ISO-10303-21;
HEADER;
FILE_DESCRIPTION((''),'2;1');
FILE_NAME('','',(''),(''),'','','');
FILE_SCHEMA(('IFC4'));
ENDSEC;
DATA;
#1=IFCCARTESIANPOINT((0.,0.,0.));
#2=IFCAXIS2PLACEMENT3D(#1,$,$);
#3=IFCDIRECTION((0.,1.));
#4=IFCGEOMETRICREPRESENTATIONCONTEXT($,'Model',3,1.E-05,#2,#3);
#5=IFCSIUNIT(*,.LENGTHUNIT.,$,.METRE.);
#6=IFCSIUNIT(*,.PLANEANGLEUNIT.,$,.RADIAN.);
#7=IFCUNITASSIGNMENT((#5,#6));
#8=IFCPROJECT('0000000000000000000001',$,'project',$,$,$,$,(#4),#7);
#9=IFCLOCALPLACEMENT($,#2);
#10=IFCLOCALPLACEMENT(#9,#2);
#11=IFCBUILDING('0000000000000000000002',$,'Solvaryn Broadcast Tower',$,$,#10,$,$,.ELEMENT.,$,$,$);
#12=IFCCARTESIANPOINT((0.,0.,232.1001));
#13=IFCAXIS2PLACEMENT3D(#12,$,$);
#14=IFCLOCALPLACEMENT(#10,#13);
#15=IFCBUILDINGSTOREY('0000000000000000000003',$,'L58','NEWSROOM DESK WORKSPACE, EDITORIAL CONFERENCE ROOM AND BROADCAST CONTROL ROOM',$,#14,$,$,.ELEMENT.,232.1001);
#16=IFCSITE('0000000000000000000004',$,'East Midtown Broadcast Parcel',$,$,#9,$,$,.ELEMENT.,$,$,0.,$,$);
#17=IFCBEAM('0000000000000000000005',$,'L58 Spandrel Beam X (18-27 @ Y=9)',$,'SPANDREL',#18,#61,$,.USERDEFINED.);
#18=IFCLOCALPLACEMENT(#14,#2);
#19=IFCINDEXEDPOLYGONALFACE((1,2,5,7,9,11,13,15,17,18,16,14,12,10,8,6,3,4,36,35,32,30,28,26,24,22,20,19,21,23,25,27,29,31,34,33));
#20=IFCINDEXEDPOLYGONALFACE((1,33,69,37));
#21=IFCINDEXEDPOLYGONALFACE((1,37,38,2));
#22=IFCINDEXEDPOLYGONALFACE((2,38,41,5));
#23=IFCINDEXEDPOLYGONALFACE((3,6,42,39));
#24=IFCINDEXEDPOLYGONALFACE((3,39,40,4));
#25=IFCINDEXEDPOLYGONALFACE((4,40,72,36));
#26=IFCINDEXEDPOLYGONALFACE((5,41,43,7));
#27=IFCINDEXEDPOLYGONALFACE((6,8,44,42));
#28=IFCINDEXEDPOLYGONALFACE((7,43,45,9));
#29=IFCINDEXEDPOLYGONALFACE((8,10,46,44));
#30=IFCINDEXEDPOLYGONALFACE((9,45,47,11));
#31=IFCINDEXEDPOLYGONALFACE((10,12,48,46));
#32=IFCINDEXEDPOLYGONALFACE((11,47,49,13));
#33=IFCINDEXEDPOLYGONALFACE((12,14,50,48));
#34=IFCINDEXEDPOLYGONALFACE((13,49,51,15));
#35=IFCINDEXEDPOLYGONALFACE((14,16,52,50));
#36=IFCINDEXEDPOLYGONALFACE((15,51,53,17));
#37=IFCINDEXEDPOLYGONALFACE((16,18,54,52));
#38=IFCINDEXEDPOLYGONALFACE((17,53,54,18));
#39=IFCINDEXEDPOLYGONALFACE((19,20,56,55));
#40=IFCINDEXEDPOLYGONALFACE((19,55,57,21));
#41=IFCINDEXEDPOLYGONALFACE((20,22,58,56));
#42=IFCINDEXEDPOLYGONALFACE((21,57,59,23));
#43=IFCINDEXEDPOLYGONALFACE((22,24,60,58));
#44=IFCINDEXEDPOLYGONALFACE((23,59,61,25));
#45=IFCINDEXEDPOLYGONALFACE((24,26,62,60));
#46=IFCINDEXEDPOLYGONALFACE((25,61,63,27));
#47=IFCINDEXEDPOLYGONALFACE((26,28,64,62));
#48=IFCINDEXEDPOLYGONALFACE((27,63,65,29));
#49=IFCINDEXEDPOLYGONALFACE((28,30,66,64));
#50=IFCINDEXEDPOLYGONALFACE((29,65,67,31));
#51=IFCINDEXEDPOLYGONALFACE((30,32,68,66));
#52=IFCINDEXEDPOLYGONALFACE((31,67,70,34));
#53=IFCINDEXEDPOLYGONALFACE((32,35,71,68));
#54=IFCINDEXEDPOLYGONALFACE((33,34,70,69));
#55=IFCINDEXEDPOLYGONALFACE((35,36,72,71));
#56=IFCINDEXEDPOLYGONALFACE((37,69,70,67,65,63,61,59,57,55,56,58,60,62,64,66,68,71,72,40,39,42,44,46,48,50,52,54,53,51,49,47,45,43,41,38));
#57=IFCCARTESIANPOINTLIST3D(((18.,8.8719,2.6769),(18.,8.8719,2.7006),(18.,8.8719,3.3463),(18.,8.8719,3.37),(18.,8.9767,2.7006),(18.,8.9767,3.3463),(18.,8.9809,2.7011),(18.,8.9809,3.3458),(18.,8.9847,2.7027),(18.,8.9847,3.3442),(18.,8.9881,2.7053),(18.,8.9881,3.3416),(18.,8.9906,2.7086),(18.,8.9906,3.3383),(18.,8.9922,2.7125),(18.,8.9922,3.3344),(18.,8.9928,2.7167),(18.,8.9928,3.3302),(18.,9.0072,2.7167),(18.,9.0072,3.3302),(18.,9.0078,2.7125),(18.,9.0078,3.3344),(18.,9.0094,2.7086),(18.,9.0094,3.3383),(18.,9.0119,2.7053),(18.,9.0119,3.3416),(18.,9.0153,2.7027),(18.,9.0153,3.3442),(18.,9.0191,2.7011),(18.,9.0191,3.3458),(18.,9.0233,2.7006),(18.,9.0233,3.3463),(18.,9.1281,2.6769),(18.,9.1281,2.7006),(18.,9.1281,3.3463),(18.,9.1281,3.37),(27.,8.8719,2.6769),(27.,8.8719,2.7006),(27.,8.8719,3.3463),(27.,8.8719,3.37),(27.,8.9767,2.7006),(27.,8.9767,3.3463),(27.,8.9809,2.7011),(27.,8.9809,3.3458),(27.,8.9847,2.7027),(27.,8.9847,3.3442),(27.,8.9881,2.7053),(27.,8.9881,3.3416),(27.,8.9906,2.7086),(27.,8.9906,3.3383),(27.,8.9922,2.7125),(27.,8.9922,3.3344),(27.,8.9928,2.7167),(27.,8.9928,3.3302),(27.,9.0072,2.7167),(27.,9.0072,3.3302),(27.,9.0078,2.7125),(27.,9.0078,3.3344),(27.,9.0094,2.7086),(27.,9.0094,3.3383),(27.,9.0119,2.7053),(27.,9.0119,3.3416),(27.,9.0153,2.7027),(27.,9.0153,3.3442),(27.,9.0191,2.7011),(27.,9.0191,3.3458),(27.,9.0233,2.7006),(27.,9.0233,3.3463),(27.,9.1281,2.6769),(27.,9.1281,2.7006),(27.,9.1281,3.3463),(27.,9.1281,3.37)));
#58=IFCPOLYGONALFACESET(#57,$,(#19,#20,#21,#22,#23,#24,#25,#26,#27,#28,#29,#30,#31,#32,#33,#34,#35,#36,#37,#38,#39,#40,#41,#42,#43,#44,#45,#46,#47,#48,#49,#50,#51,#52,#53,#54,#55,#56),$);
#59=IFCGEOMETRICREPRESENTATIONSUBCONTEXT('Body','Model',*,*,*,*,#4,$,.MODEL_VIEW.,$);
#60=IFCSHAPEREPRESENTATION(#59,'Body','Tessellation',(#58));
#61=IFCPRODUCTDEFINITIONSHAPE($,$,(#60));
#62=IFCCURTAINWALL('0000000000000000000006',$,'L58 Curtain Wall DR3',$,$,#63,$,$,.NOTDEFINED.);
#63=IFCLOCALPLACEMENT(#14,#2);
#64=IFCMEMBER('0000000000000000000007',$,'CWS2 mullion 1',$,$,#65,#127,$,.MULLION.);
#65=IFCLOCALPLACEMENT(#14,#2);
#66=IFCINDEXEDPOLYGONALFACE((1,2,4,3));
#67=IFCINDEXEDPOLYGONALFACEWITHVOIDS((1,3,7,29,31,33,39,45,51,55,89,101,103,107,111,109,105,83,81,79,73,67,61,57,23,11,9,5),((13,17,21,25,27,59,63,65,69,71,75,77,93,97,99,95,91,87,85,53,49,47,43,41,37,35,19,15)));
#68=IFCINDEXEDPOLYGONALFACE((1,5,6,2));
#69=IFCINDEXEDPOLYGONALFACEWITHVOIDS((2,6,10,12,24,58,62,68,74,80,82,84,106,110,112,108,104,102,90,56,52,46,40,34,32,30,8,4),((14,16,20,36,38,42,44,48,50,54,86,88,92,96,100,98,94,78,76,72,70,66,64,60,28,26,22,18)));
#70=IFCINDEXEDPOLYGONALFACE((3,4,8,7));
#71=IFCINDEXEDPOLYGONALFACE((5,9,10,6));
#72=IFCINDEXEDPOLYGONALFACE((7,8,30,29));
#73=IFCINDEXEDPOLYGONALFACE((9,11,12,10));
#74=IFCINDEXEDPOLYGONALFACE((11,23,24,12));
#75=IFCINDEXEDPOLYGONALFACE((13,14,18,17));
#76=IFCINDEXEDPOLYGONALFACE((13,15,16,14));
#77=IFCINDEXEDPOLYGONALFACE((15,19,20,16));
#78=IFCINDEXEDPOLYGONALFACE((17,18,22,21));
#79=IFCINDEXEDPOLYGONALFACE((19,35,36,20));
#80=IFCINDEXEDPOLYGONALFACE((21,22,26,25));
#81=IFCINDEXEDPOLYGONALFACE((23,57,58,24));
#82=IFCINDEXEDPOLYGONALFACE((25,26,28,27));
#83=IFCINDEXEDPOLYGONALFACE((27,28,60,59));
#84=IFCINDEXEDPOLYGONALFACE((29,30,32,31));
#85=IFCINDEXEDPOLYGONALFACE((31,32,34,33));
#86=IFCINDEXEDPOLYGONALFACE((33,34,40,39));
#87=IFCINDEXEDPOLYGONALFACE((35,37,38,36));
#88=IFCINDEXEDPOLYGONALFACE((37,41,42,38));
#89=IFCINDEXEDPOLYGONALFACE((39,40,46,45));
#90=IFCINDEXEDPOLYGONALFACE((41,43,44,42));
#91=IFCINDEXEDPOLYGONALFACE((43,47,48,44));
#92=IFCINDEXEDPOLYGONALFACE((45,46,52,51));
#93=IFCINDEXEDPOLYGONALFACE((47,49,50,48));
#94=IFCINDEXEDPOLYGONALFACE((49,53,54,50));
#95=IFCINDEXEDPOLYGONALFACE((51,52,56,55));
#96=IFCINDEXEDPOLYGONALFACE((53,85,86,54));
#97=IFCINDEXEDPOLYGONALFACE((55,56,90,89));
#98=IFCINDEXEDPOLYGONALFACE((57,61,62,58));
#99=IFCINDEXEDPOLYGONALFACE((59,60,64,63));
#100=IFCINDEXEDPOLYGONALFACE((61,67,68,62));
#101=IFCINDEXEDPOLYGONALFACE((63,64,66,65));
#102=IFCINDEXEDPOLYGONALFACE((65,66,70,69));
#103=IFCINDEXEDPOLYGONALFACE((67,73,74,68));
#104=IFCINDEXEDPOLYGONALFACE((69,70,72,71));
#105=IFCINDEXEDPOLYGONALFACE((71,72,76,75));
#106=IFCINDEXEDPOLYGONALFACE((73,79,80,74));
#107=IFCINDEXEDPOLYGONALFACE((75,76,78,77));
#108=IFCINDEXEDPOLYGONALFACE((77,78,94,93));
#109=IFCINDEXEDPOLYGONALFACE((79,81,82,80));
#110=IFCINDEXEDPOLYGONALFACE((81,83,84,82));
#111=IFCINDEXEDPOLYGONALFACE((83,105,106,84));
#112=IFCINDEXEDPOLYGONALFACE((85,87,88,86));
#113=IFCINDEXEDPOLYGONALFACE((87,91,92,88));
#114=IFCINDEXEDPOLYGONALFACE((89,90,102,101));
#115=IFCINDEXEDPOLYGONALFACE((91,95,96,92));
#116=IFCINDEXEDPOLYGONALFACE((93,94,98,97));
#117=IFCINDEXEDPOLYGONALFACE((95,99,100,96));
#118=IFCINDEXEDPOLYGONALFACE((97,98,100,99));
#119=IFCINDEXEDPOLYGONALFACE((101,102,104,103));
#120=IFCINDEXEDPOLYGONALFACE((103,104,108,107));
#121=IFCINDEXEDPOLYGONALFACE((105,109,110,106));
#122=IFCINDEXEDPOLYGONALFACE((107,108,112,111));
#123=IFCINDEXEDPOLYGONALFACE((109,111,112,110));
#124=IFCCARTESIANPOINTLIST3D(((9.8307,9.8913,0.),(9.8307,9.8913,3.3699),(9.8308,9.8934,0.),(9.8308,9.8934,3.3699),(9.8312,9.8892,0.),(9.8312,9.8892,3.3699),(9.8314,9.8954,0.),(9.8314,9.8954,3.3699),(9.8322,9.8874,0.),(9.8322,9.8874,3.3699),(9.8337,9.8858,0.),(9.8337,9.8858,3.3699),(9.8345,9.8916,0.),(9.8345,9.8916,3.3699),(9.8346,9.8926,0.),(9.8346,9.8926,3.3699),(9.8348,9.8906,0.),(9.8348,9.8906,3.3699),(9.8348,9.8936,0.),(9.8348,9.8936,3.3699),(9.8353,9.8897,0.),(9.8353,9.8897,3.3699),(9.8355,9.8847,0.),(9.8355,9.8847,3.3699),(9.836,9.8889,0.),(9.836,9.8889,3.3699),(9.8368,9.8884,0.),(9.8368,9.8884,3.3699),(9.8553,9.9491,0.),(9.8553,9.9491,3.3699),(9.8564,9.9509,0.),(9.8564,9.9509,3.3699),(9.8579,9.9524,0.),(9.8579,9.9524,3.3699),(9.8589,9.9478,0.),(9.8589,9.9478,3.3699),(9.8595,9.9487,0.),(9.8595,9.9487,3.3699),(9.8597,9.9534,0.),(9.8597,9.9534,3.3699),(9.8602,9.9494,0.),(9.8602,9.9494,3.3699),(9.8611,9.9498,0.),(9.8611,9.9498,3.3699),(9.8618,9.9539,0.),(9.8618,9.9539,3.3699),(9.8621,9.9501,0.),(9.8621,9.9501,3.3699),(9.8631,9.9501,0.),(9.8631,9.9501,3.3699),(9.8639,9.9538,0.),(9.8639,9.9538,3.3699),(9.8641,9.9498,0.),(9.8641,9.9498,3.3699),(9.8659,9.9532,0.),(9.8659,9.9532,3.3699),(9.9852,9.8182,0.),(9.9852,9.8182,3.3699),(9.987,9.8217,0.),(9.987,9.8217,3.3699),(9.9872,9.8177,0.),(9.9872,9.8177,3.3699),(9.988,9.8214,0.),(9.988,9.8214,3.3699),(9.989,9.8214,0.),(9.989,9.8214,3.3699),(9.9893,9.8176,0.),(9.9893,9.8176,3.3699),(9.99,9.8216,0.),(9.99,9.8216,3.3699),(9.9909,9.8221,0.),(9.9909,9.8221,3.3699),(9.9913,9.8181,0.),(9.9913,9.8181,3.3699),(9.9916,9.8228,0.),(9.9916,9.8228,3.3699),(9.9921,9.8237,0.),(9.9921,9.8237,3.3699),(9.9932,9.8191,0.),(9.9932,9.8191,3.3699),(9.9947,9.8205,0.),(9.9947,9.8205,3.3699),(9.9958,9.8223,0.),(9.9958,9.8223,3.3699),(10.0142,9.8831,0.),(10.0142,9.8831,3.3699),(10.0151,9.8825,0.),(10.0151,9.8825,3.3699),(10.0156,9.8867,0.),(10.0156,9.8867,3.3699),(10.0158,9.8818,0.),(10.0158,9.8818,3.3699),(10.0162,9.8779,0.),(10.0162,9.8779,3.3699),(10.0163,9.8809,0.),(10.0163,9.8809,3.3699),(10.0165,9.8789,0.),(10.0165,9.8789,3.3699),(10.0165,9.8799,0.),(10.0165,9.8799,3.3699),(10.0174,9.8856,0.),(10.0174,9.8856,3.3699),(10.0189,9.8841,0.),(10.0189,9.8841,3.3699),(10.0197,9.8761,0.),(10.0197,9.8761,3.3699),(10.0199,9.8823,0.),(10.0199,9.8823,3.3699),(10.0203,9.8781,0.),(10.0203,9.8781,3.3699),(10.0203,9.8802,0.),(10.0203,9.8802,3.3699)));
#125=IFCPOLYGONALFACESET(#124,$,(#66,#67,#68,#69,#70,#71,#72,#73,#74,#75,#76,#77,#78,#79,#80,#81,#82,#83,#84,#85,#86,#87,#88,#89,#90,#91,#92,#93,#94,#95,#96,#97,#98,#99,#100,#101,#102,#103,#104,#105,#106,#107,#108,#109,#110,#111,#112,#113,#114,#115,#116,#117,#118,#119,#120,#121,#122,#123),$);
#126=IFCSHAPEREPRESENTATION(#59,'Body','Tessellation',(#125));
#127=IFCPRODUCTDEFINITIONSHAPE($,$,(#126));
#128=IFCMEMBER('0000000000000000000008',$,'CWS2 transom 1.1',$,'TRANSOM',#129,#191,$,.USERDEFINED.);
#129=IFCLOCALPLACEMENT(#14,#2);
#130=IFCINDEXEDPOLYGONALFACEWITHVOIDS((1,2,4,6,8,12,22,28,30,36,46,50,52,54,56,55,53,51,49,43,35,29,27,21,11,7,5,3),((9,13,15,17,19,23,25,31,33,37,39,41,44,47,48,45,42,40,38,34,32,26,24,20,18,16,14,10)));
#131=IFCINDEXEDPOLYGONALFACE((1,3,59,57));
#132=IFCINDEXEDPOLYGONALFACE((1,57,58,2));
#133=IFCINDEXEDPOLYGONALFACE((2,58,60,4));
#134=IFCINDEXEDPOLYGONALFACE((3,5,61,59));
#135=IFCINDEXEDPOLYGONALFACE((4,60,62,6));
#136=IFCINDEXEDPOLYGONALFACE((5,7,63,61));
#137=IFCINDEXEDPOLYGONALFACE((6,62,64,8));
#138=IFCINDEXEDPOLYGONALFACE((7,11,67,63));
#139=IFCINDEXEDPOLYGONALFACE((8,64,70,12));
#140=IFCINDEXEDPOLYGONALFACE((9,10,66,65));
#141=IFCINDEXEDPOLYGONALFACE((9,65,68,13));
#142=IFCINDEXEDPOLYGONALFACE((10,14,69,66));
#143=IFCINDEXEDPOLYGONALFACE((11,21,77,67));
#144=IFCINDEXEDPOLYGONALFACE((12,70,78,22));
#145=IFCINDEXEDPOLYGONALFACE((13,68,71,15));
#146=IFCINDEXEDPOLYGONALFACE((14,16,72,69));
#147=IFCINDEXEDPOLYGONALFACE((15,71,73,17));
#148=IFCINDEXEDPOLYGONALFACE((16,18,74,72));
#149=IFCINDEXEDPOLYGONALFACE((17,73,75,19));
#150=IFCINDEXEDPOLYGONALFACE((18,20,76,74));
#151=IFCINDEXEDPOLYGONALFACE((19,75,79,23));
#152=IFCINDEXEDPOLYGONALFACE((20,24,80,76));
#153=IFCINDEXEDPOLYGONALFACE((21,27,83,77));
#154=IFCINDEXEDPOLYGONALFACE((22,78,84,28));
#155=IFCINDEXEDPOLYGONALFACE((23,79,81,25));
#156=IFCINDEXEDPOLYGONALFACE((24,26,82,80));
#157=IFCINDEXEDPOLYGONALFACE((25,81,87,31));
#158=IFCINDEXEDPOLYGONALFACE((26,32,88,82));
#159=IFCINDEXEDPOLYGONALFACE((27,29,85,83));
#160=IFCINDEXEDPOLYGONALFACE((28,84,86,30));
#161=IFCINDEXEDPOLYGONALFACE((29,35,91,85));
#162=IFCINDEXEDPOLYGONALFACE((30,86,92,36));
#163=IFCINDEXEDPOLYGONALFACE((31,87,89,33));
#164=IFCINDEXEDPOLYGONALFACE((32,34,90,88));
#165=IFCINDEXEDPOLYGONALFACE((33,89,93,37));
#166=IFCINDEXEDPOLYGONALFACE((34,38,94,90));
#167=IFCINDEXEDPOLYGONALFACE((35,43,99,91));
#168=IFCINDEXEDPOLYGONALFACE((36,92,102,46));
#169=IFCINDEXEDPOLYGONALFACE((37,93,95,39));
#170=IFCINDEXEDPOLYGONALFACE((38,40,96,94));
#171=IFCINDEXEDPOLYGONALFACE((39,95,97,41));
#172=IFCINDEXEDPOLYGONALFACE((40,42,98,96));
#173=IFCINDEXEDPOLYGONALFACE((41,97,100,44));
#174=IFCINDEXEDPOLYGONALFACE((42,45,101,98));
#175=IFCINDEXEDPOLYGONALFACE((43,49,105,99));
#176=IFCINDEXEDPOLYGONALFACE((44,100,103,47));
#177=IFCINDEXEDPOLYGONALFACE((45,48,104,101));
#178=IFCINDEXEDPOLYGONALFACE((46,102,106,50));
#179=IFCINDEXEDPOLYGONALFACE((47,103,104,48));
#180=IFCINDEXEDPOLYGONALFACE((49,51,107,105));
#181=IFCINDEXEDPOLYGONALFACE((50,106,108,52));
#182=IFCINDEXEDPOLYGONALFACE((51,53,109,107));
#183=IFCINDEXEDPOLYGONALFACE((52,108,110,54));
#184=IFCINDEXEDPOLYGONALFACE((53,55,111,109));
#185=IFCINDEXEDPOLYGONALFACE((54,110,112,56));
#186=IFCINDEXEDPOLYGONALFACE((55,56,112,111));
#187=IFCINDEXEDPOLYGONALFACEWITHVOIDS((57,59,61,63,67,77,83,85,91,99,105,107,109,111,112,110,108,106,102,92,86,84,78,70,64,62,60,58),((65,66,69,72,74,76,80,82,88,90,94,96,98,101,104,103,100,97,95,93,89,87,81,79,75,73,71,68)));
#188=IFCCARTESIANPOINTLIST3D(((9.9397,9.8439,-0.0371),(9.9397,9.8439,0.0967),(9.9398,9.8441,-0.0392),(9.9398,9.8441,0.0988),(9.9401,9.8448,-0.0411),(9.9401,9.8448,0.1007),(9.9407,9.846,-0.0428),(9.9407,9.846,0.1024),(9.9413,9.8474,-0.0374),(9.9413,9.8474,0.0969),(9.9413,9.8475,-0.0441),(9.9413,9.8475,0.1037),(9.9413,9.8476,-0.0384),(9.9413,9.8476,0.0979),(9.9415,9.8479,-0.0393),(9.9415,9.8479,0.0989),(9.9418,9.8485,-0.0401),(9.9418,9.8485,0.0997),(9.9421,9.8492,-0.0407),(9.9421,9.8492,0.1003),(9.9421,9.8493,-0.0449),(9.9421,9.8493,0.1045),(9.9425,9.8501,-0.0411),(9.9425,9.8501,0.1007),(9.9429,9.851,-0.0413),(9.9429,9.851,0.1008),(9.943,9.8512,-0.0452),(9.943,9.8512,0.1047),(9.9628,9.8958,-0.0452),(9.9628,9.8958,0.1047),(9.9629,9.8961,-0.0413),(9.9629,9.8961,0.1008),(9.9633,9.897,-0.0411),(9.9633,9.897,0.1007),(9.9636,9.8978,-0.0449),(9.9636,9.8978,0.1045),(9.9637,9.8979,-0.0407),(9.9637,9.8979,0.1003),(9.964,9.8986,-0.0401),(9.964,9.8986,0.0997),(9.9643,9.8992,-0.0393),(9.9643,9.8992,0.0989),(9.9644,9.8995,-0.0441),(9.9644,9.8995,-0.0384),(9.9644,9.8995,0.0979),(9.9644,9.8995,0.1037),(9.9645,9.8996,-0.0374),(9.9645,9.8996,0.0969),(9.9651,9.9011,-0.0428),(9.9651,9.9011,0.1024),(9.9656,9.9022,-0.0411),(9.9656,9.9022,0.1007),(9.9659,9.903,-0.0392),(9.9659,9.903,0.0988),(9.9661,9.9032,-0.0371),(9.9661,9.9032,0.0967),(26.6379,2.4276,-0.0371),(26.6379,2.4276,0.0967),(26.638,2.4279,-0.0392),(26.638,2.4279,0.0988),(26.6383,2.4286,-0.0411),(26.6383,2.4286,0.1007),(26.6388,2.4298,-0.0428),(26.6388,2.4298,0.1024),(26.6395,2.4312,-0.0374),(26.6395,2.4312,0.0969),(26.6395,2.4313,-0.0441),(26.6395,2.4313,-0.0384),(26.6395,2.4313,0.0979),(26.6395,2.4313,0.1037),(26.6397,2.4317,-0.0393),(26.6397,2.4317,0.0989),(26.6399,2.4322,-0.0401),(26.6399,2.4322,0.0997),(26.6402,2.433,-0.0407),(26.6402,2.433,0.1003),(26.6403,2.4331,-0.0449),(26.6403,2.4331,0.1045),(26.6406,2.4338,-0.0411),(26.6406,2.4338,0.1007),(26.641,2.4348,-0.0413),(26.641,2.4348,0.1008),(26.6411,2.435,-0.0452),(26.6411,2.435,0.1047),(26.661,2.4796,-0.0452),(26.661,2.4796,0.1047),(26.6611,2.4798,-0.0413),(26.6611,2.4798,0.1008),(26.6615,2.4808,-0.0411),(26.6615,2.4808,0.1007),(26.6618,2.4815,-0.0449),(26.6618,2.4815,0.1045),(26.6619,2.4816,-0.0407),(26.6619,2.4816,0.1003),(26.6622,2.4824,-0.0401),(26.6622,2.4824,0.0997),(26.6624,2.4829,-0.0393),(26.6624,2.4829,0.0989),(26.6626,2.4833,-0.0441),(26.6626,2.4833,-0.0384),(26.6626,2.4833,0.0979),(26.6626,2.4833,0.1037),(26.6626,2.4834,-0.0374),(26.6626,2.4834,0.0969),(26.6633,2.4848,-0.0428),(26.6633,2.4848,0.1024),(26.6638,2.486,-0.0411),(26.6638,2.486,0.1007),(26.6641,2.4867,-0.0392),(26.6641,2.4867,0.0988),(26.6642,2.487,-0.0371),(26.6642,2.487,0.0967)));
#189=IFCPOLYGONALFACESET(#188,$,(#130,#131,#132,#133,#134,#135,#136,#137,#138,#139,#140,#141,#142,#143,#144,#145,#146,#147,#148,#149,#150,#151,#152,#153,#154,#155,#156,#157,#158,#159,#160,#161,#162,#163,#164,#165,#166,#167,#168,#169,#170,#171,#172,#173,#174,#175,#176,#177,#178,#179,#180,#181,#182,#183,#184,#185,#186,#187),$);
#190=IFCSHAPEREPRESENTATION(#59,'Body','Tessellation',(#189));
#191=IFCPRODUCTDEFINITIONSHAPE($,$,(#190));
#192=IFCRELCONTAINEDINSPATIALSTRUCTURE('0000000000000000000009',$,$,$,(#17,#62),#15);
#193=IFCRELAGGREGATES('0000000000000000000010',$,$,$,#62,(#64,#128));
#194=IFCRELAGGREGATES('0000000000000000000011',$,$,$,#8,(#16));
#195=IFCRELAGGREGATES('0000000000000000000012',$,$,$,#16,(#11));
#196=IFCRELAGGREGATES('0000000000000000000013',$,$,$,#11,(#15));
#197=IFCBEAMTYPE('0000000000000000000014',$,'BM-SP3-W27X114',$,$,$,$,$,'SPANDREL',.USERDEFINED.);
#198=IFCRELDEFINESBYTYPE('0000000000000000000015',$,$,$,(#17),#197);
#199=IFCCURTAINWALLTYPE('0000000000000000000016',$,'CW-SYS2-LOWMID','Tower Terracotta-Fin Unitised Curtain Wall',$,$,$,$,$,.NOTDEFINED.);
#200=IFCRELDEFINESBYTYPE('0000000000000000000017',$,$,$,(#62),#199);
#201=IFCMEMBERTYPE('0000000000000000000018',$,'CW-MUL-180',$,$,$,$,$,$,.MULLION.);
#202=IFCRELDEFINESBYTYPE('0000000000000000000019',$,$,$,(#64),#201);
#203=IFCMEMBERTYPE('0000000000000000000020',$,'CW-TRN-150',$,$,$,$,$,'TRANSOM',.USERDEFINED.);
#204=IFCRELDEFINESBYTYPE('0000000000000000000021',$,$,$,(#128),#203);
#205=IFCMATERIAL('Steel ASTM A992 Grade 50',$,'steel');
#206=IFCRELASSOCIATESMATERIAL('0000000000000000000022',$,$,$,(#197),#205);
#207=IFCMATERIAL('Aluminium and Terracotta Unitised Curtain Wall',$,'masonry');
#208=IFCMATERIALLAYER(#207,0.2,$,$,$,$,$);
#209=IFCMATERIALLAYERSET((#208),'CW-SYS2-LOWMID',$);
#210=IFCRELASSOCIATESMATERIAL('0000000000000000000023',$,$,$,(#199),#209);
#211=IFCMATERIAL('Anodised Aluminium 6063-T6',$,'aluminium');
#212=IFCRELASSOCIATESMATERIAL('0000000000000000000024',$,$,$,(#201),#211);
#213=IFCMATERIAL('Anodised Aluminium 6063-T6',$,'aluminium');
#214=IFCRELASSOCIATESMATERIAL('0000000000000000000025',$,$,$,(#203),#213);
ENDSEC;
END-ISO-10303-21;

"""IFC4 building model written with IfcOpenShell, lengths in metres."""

from ifc_helpers import new_model, si_unit, direction, frame, origin, origin_2d, place, context, subcontext, project, spatial, hollow_rectangle, i_section, extrude, material, layer, layer_set, material_profile, profile_set, type_object, element, aggregate, save


model = new_model("IFC4")

# Units and contexts
model_context = context("Model", 3, precision=1e-05, world=origin(), true_north=direction((0.0, 1.0)))
body_context = subcontext(model_context, "Body", "Model", "MODEL_VIEW")
ifc_project = project(units=[si_unit("LENGTHUNIT", "METRE"), si_unit("PLANEANGLEUNIT", "RADIAN")], contexts=[model_context])

# Site, building, storey
site_placement = place(None, origin())
site = spatial("IfcSite", under=ifc_project, at=site_placement, Name="East Midtown Broadcast Parcel", CompositionType="ELEMENT", RefElevation=0.0)
building_placement = place(site_placement, origin())
building = spatial("IfcBuilding", under=site, at=building_placement, Name="Solvaryn Broadcast Tower", CompositionType="ELEMENT")
storey_placement = place(building_placement, frame((0.0, 0.0, 232.1001)))
storey = spatial("IfcBuildingStorey", under=building, at=storey_placement, Name="L58", Description="NEWSROOM DESK WORKSPACE, EDITORIAL CONFERENCE ROOM AND BROADCAST CONTROL ROOM", CompositionType="ELEMENT", Elevation=232.1001)

# Beam
ifc_material_1 = material(Name="Steel ASTM A992 Grade 50", Category="steel")
ifc_material_profile_1 = material_profile(ifc_material_1, i_section(OverallWidth=0.2561, OverallDepth=0.6931, WebThickness=0.0144, FlangeThickness=0.0237, FilletRadius=0.0161, at=origin_2d()))
ifc_profile_set_1 = profile_set([ifc_material_profile_1], Name="Steel ASTM A992 Grade 50")
beam_type_1 = type_object("IfcBeamType", Name="BM-SP3-W27X114", ElementType="SPANDREL", PredefinedType="USERDEFINED", material=ifc_profile_set_1)
beam_1_placement = place(storey_placement, frame((18.0, 9.0, 3.0234), z_axis=(1.0, 0.0, 0.0), x_axis=(0.0, 1.0, 0.0)))
element("IfcBeam", 1, at=beam_1_placement, inside=storey, type_object=beam_type_1, Name="L58 Spandrel Beam X (18-27 @ Y=9)", ObjectType="SPANDREL", PredefinedType="USERDEFINED", context=body_context, shape_type="SweptSolid", body=[
    extrude(i_section(OverallWidth=0.2561, OverallDepth=0.6931, WebThickness=0.0144, FlangeThickness=0.0237, FilletRadius=0.0161, at=origin_2d()), origin(), (0.0, 0.0, 1.0), 9.0),
])

# Curtain wall, members
ifc_material_2 = material(Name="Aluminium and Terracotta Unitised Curtain Wall", Category="masonry")
ifc_layer_1 = layer(ifc_material_2, 0.2)
ifc_layer_set_1 = layer_set([ifc_layer_1], Name="CW-SYS2-LOWMID")
curtain_wall_type = type_object("IfcCurtainWallType", Name="CW-SYS2-LOWMID", Description="Tower Terracotta-Fin Unitised Curtain Wall", PredefinedType="NOTDEFINED", material=ifc_layer_set_1)
curtain_wall_placement = place(storey_placement, origin())
curtain_wall = element("IfcCurtainWall", 2, at=curtain_wall_placement, inside=storey, type_object=curtain_wall_type, Name="L58 Curtain Wall DR3", PredefinedType="NOTDEFINED")
ifc_material_3 = material(Name="Anodised Aluminium 6063-T6", Category="aluminium")
ifc_material_profile_2 = material_profile(ifc_material_3, hollow_rectangle(XDim=0.075, YDim=0.1799, WallThickness=0.0039, InnerFilletRadius=0.0039, OuterFilletRadius=0.0081, at=origin_2d()))
ifc_profile_set_2 = profile_set([ifc_material_profile_2], Name="Anodised Aluminium 6063-T6")
member_type_1 = type_object("IfcMemberType", Name="CW-MUL-180", PredefinedType="MULLION", material=ifc_profile_set_2)
member_1_placement = place(storey_placement, frame((9.9255, 9.8857, 0.0), z_axis=(0.0, 0.0, 1.0), x_axis=(0.405901, 0.913917, 0.0)))
member_1 = element("IfcMember", 3, at=member_1_placement, type_object=member_type_1, Name="CWS2 mullion 1", PredefinedType="MULLION", context=body_context, shape_type="SweptSolid", body=[
    extrude(hollow_rectangle(XDim=0.075, YDim=0.1799, WallThickness=0.0039, InnerFilletRadius=0.0039, OuterFilletRadius=0.0081, at=origin_2d()), origin(), (0.0, 0.0, 1.0), 3.3699),
])
ifc_material_4 = material(Name="Anodised Aluminium 6063-T6", Category="aluminium")
ifc_material_profile_3 = material_profile(ifc_material_4, hollow_rectangle(XDim=0.0649, YDim=0.1499, WallThickness=0.0039, InnerFilletRadius=0.0039, OuterFilletRadius=0.0081, at=origin_2d()))
ifc_profile_set_3 = profile_set([ifc_material_profile_3], Name="Anodised Aluminium 6063-T6")
member_type_2 = type_object("IfcMemberType", Name="CW-TRN-150", ElementType="TRANSOM", PredefinedType="USERDEFINED", material=ifc_profile_set_3)
member_2_placement = place(storey_placement, frame((9.9529, 9.8735, 0.0298), z_axis=(0.913917, -0.405902, 0.0), x_axis=(0.405902, 0.913917, 0.0)))
member_2 = element("IfcMember", 4, at=member_2_placement, type_object=member_type_2, Name="CWS2 transom 1.1", ObjectType="TRANSOM", PredefinedType="USERDEFINED", context=body_context, shape_type="SweptSolid", body=[
    extrude(hollow_rectangle(XDim=0.0649, YDim=0.1499, WallThickness=0.0039, InnerFilletRadius=0.0039, OuterFilletRadius=0.0081, at=origin_2d()), origin(), (0.0, 0.0, 1.0), 18.271),
])
aggregate(curtain_wall, [member_1, member_2])

save(model, "model.ifc")
